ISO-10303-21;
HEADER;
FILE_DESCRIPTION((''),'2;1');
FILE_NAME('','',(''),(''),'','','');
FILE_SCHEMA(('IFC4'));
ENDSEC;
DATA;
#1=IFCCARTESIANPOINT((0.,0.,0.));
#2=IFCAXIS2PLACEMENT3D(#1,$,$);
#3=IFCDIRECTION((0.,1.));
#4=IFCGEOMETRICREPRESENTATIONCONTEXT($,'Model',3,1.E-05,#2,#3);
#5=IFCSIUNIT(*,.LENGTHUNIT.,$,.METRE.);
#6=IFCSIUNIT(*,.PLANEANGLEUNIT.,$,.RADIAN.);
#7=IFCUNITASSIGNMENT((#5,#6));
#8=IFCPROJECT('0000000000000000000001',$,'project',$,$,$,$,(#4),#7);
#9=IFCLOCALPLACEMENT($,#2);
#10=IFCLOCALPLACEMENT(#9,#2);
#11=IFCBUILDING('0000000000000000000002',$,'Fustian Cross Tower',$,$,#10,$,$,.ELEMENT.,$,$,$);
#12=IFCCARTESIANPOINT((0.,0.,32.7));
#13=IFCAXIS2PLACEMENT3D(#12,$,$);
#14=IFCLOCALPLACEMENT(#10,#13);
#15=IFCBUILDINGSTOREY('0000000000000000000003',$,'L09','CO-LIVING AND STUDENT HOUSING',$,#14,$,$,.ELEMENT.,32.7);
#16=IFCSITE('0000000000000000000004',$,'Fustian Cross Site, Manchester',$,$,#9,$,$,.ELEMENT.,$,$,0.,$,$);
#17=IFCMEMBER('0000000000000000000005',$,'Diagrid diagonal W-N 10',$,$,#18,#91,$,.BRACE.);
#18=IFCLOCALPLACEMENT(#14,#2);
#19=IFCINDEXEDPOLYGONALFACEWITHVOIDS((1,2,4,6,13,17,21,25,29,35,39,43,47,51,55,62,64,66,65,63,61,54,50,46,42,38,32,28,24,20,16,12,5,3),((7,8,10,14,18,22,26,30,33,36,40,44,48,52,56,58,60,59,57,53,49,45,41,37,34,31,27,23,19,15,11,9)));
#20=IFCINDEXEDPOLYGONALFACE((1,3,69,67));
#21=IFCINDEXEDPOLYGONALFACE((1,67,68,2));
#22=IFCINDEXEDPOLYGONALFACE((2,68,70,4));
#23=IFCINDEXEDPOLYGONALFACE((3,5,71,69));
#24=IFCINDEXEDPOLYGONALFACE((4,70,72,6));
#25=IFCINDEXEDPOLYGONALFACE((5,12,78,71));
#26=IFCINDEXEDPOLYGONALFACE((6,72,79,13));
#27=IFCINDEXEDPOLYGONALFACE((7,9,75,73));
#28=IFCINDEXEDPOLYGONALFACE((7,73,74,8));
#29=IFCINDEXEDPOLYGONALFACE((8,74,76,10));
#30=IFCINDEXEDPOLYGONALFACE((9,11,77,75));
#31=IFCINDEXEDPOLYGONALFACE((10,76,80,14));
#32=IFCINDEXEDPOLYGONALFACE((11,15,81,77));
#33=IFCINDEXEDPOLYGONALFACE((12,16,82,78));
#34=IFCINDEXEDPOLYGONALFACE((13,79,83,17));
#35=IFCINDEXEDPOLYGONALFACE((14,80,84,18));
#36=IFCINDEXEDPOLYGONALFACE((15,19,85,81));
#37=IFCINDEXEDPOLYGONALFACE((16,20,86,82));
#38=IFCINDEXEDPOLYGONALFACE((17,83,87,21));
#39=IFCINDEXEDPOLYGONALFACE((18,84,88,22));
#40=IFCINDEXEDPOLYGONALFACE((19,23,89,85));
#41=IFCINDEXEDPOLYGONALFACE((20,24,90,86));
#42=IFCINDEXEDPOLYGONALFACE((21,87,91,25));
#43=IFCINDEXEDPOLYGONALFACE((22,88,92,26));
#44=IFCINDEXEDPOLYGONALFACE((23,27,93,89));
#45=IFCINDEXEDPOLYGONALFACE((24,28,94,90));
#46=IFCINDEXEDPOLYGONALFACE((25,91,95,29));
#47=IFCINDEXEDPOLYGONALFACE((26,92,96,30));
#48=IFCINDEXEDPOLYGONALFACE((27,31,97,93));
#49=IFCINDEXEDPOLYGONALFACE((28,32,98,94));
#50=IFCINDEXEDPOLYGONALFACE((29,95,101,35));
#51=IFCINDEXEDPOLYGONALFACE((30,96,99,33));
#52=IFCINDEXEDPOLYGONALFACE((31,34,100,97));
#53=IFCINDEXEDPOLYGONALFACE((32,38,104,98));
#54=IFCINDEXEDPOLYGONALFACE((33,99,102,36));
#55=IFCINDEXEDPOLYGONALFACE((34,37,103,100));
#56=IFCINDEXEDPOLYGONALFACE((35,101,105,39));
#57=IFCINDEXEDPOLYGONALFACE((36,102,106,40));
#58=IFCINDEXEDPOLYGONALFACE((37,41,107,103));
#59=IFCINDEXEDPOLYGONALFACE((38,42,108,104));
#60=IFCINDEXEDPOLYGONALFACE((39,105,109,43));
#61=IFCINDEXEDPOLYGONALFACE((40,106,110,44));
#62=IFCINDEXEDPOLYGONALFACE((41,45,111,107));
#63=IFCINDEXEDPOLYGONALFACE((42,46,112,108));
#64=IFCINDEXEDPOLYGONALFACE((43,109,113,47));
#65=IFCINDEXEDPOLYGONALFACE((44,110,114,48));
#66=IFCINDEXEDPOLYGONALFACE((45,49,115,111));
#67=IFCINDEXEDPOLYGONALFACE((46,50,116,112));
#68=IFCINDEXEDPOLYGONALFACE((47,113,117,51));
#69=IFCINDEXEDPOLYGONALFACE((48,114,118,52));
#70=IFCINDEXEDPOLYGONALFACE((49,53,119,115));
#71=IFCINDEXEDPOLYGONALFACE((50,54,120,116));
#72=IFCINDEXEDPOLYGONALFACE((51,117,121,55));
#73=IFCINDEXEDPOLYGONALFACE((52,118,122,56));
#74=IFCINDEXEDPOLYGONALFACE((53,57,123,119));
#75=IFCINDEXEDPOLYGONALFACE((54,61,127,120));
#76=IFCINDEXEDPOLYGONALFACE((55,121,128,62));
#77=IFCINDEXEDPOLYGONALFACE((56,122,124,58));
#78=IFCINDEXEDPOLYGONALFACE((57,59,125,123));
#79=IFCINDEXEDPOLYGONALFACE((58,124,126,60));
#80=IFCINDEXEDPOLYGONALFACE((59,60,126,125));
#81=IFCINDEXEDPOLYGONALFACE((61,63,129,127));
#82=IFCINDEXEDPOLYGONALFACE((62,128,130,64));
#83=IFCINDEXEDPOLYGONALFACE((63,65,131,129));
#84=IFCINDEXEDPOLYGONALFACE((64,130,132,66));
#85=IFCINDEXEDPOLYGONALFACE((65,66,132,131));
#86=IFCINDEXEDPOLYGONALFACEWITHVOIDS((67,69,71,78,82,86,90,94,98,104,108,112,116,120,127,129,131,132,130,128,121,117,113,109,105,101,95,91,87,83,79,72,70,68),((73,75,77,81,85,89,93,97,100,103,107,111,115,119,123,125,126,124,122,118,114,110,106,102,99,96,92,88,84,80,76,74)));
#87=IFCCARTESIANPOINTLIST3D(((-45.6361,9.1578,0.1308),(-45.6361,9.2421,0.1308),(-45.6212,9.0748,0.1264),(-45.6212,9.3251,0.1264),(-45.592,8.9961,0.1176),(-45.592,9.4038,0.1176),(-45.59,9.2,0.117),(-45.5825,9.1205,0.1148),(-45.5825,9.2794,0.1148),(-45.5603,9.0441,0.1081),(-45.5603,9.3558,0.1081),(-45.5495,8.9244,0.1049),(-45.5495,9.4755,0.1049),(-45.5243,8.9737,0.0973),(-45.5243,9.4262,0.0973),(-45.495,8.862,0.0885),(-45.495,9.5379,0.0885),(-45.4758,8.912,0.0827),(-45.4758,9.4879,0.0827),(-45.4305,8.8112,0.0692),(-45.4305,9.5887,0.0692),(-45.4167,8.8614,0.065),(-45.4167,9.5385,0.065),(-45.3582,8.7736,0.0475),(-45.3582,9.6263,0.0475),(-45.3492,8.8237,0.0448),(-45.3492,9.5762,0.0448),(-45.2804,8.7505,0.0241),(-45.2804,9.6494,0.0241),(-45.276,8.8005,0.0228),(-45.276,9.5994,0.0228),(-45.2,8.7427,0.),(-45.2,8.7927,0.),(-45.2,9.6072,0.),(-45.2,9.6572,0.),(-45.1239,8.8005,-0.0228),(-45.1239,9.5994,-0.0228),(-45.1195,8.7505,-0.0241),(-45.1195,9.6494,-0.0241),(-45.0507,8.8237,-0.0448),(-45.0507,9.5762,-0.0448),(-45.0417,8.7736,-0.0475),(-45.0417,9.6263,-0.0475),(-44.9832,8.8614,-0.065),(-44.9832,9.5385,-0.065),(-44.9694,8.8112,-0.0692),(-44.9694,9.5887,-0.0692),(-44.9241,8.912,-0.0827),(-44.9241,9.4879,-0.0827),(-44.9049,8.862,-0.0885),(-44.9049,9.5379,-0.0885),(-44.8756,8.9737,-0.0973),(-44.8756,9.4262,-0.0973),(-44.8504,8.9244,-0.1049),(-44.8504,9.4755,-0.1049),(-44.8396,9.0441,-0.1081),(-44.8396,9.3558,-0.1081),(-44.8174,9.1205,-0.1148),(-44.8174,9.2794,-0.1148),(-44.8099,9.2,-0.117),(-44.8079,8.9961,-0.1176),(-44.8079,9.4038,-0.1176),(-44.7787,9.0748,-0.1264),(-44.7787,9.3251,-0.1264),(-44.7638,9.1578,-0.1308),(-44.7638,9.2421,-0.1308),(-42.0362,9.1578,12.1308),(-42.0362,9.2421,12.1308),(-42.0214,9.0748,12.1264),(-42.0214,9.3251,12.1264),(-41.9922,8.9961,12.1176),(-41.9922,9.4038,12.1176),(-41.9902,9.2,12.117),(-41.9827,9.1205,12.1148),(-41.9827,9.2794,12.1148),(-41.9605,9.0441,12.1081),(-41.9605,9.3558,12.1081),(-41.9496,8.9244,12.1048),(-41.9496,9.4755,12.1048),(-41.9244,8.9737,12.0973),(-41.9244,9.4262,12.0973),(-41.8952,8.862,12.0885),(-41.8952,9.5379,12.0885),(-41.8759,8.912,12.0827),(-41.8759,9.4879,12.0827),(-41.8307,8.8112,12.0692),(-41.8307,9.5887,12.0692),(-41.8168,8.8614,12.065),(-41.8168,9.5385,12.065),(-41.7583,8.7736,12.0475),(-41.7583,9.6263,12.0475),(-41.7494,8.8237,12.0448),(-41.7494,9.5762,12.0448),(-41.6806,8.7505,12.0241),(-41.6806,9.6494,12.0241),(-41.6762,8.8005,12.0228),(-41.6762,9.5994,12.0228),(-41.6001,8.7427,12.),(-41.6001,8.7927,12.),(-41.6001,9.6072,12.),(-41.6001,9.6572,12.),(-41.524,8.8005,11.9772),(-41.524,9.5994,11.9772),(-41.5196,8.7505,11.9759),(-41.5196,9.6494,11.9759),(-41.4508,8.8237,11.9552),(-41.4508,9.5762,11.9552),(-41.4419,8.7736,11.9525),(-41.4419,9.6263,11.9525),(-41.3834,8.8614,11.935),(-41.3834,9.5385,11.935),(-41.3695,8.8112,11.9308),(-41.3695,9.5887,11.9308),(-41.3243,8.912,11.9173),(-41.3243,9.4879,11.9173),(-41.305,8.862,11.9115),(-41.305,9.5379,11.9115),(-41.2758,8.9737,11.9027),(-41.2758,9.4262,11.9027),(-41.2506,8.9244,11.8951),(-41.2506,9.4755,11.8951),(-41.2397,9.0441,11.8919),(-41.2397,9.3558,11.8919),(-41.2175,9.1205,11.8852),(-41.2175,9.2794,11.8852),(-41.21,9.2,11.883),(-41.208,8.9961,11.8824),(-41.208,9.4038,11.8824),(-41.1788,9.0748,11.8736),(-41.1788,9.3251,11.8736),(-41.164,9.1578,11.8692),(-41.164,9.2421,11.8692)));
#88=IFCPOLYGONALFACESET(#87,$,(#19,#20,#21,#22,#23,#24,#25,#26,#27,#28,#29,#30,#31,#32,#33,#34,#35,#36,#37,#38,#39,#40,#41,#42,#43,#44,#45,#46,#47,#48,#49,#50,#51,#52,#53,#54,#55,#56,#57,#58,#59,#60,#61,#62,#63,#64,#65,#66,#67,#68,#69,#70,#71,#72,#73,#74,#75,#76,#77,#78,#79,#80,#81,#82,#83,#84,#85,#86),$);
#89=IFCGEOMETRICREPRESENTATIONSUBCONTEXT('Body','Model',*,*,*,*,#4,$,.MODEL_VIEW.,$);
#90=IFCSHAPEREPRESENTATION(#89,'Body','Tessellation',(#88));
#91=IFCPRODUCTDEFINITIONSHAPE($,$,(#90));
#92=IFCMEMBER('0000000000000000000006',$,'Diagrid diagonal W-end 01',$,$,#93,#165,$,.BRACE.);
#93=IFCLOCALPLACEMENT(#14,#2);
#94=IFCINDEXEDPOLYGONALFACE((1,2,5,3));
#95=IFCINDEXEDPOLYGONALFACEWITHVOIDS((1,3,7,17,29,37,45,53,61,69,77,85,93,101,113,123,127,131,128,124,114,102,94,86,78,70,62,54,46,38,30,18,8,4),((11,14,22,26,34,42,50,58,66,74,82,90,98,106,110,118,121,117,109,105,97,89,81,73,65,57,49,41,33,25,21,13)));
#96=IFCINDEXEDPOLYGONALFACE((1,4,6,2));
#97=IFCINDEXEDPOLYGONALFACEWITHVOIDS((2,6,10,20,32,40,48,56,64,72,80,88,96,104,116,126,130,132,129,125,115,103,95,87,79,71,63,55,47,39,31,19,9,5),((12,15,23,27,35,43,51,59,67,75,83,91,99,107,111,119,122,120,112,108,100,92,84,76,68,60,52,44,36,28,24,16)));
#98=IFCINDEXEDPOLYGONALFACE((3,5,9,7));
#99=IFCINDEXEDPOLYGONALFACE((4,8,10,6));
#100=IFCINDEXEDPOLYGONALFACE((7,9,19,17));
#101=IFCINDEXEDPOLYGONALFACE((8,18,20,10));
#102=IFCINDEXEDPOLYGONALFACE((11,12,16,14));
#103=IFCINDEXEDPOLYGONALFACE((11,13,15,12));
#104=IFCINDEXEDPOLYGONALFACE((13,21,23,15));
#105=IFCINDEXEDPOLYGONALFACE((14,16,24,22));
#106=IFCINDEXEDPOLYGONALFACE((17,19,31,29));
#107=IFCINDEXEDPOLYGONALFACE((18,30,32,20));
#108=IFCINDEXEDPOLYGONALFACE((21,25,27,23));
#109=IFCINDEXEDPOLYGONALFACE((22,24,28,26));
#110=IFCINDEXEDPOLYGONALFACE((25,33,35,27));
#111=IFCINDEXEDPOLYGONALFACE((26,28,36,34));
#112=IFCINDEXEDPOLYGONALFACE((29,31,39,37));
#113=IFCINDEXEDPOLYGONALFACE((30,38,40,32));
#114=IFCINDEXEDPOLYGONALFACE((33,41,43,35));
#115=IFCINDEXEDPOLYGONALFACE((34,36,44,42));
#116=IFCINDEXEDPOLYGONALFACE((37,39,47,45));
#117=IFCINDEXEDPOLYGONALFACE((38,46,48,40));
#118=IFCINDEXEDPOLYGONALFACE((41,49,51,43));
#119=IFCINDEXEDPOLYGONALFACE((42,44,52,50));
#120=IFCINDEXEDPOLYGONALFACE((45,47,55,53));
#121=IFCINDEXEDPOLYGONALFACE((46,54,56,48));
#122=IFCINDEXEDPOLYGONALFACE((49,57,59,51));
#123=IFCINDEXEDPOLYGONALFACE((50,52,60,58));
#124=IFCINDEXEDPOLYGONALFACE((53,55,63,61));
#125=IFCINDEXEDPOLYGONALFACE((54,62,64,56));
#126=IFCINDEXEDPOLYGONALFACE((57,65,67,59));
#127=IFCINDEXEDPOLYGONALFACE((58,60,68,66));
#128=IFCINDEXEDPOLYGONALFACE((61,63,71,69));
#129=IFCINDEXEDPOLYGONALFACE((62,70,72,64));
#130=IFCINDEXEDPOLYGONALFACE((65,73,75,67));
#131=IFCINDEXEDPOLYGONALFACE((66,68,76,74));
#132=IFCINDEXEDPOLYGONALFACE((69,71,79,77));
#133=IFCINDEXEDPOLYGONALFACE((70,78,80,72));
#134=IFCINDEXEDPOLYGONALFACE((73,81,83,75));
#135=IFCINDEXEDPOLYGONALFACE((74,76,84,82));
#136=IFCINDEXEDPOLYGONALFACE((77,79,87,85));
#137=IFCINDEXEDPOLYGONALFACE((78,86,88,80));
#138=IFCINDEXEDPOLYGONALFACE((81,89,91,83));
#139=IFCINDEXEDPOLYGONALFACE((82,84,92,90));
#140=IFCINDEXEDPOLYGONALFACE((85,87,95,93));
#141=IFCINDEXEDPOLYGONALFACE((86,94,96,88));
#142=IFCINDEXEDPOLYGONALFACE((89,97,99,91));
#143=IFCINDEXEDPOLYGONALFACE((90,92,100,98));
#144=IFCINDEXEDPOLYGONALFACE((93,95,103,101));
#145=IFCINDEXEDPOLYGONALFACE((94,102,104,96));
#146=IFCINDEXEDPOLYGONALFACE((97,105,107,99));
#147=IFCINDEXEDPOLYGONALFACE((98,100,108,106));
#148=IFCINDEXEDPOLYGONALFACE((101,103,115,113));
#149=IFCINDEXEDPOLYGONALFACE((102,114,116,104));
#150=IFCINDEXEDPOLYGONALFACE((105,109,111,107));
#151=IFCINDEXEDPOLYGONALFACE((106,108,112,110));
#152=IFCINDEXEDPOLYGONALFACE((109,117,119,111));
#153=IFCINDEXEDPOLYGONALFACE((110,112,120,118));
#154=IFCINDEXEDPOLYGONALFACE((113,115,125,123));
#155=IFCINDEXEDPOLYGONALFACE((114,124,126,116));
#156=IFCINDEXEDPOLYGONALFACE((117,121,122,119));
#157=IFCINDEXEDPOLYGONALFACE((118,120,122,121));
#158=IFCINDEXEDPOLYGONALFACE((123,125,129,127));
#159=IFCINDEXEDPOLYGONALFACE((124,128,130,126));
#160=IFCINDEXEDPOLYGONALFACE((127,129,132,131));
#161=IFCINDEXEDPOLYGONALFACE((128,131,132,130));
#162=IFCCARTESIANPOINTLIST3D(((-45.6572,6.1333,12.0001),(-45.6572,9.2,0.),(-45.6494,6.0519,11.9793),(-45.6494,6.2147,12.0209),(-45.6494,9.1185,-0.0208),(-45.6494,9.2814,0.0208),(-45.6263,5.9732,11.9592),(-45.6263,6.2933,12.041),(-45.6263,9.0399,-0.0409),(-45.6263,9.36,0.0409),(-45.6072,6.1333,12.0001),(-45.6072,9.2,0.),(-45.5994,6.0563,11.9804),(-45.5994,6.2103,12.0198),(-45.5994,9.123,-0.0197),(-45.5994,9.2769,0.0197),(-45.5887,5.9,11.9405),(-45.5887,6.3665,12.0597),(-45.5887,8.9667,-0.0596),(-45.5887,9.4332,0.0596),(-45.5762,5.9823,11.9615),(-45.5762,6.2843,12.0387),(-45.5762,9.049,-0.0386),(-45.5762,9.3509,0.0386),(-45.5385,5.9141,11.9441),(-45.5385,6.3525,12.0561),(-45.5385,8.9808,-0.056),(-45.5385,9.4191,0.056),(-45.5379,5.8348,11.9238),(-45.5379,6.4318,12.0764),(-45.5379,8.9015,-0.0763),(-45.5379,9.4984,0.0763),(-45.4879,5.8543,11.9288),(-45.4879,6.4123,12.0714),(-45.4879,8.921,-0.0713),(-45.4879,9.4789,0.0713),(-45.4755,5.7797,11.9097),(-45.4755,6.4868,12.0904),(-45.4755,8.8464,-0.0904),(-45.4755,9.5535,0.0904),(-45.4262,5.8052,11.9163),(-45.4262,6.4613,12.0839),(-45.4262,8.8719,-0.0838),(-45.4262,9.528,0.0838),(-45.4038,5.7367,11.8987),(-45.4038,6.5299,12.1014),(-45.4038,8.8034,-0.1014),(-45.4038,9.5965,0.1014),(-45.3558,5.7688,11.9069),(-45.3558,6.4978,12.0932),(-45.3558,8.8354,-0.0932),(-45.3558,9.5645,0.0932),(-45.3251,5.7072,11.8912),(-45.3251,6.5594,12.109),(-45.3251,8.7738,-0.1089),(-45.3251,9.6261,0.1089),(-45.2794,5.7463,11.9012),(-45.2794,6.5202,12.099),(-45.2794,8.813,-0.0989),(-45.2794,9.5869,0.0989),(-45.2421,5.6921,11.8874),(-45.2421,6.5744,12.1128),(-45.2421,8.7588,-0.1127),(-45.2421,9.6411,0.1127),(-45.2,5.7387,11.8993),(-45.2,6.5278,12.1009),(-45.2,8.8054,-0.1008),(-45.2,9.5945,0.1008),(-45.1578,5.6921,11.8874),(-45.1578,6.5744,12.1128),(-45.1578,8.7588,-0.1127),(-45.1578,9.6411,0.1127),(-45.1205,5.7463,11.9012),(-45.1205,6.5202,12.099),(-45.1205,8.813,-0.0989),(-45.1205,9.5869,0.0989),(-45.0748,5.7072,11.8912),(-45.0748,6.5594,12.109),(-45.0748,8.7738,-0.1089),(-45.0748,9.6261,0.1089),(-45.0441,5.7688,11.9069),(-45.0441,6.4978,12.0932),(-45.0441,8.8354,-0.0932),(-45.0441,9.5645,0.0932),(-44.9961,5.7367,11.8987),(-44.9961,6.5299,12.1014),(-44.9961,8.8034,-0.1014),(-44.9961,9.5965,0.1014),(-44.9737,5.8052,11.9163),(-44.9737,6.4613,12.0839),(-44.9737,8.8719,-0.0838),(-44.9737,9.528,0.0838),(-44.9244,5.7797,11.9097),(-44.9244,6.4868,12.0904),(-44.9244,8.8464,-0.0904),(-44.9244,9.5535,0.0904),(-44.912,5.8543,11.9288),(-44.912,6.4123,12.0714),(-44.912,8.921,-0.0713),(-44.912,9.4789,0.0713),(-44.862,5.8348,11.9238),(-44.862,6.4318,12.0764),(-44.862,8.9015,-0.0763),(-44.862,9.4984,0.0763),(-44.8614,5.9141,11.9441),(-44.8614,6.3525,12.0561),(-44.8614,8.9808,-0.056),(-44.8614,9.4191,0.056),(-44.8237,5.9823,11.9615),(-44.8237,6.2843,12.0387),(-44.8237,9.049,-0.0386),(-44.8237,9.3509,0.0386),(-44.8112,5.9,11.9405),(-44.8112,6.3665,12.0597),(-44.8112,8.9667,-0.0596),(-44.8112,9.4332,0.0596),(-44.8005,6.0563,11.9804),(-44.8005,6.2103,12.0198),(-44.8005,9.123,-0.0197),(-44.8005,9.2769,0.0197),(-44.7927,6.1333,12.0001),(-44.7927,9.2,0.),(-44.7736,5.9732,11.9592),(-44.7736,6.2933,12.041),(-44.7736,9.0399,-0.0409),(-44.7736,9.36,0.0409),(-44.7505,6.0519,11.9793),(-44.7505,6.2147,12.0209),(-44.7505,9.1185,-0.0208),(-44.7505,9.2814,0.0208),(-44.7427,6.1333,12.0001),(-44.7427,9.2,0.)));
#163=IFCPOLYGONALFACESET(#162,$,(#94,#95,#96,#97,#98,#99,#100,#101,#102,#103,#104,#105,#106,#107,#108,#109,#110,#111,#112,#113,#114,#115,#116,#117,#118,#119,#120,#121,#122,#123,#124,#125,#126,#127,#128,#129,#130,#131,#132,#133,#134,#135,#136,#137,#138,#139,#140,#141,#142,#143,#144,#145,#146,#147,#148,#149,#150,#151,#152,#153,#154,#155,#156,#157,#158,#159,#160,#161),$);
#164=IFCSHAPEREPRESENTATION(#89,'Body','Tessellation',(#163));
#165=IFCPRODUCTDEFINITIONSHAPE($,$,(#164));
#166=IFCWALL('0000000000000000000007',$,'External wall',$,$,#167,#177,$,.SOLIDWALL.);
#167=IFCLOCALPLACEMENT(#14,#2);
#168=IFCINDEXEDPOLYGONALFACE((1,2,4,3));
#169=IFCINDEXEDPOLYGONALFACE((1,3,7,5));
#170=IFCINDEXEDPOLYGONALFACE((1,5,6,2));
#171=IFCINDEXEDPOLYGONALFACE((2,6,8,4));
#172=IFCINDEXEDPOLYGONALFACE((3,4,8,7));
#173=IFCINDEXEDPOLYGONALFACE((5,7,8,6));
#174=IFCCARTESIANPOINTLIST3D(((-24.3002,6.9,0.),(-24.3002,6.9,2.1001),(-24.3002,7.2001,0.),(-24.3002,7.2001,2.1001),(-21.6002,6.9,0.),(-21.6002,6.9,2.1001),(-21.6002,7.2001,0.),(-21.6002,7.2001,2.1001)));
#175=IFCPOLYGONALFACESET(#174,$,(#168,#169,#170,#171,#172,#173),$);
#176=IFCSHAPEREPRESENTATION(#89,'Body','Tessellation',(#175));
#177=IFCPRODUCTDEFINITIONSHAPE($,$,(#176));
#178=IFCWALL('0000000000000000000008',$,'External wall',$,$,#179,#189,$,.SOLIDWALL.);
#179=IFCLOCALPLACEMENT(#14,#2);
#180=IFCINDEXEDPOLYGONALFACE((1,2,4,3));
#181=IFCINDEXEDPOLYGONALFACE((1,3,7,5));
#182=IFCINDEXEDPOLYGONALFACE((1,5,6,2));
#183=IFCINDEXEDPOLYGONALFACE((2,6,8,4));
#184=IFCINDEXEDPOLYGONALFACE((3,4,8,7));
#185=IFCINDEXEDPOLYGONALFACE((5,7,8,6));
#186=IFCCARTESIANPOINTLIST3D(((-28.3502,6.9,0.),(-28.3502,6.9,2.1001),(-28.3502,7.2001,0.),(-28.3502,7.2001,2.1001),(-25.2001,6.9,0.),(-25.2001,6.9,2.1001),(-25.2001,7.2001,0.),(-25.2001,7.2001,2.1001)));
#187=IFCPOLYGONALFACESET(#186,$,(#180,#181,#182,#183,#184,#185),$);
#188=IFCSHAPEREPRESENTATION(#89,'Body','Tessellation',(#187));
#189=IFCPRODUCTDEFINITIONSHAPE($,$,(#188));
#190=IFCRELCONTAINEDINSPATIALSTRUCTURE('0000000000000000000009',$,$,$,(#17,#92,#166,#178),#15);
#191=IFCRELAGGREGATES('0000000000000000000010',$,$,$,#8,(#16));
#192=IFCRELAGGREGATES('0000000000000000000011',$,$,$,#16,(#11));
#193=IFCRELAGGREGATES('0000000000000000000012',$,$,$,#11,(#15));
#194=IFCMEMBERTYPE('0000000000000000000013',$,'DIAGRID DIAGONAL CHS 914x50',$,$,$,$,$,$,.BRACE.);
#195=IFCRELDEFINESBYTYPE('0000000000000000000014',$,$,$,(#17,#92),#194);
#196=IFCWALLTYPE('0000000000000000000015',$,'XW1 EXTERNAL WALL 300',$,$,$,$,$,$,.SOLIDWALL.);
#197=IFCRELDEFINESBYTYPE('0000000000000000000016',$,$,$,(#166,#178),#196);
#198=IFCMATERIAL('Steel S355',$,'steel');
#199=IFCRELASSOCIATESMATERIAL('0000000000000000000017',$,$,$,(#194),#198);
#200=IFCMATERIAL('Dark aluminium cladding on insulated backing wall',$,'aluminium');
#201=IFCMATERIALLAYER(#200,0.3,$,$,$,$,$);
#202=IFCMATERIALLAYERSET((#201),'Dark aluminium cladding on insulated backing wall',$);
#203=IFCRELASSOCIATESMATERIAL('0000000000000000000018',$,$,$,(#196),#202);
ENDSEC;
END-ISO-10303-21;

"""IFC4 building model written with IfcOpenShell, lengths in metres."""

from ifc_helpers import new_model, si_unit, direction, frame, frame_2d, origin, origin_2d, place, context, subcontext, project, spatial, rectangle, hollow_circle, extrude, material, layer, layer_set, material_profile, profile_set, type_object, element, save


model = new_model("IFC4")

# Units and contexts
model_context = context("Model", 3, precision=1e-05, world=origin(), true_north=direction((0.0, 1.0)))
body_context = subcontext(model_context, "Body", "Model", "MODEL_VIEW")
ifc_project = project(units=[si_unit("LENGTHUNIT", "METRE"), si_unit("PLANEANGLEUNIT", "RADIAN")], contexts=[model_context])

# Site, building, storey
site_placement = place(None, origin())
site = spatial("IfcSite", under=ifc_project, at=site_placement, Name="Fustian Cross Site, Manchester", CompositionType="ELEMENT", RefElevation=0.0)
building_placement = place(site_placement, origin())
building = spatial("IfcBuilding", under=site, at=building_placement, Name="Fustian Cross Tower", CompositionType="ELEMENT")
storey_placement = place(building_placement, frame((0.0, 0.0, 32.7)))
storey = spatial("IfcBuildingStorey", under=building, at=storey_placement, Name="L09", Description="CO-LIVING AND STUDENT HOUSING", CompositionType="ELEMENT", Elevation=32.7)

# Members
ifc_material_1 = material(Name="Steel S355", Category="steel")
ifc_material_profile_1 = material_profile(ifc_material_1, hollow_circle(Radius=0.4573, WallThickness=0.05, at=origin_2d()), Name="CHS 914x50")
ifc_profile_set_1 = profile_set([ifc_material_profile_1], Name="Steel S355")
member_type_1 = type_object("IfcMemberType", Name="DIAGRID DIAGONAL CHS 914x50", PredefinedType="BRACE", material=ifc_profile_set_1)
for number, where, z_axis, x_axis, name in (
    (1, (-45.2, 9.2, 0.0), (0.287337, 0.0, 0.95783), (0.0, 1.0, 0.0), "Diagrid diagonal W-N 10"),
):
    element("IfcMember", number, at=place(storey_placement, frame(where, z_axis=z_axis, x_axis=x_axis)), inside=storey, type_object=member_type_1, Name=name, PredefinedType="BRACE", context=body_context, shape_type="SweptSolid", body=[
        extrude(hollow_circle(Radius=0.4573, WallThickness=0.05, at=origin_2d()), origin(), (0.0, 0.0, 1.0), 12.5283),
    ])
member_1_placement = place(storey_placement, frame((-45.2, 9.2, 0.0), z_axis=(0.0, -0.247597, 0.968863), x_axis=(1.0, 0.0, 0.0)))
element("IfcMember", 2, at=member_1_placement, inside=storey, type_object=member_type_1, Name="Diagrid diagonal W-end 01", PredefinedType="BRACE", context=body_context, shape_type="SweptSolid", body=[
    extrude(hollow_circle(Radius=0.4573, WallThickness=0.05, at=origin_2d()), origin(), (0.0, 0.0, 1.0), 12.3857),
])

# Walls
ifc_material_2 = material(Name="Dark aluminium cladding on insulated backing wall", Category="aluminium")
ifc_layer = layer(ifc_material_2, 0.3)
ifc_layer_set = layer_set([ifc_layer], Name="Dark aluminium cladding on insulated backing wall")
wall_type = type_object("IfcWallType", Name="XW1 EXTERNAL WALL 300", PredefinedType="SOLIDWALL", material=ifc_layer_set)
wall_1_placement = place(storey_placement, frame((-21.6001, 7.05, 0.0), z_axis=(0.0, 0.0, 1.0), x_axis=(-1.0, 0.0, 0.0)))
element("IfcWall", 3, at=wall_1_placement, inside=storey, type_object=wall_type, Name="External wall", PredefinedType="SOLIDWALL", context=body_context, shape_type="SweptSolid", body=[
    extrude(rectangle(XDim=2.7, YDim=0.3, at=frame_2d((1.3501, 0.0))), origin(), (0.0, 0.0, 1.0), 2.1001),
])
wall_2_placement = place(storey_placement, frame((-25.2, 7.05, 0.0), z_axis=(0.0, 0.0, 1.0), x_axis=(-1.0, 0.0, 0.0)))
element("IfcWall", 4, at=wall_2_placement, inside=storey, type_object=wall_type, Name="External wall", PredefinedType="SOLIDWALL", context=body_context, shape_type="SweptSolid", body=[
    extrude(rectangle(XDim=3.1501, YDim=0.3, at=frame_2d((1.5752, 0.0))), origin(), (0.0, 0.0, 1.0), 2.1001),
])

save(model, "model.ifc")
